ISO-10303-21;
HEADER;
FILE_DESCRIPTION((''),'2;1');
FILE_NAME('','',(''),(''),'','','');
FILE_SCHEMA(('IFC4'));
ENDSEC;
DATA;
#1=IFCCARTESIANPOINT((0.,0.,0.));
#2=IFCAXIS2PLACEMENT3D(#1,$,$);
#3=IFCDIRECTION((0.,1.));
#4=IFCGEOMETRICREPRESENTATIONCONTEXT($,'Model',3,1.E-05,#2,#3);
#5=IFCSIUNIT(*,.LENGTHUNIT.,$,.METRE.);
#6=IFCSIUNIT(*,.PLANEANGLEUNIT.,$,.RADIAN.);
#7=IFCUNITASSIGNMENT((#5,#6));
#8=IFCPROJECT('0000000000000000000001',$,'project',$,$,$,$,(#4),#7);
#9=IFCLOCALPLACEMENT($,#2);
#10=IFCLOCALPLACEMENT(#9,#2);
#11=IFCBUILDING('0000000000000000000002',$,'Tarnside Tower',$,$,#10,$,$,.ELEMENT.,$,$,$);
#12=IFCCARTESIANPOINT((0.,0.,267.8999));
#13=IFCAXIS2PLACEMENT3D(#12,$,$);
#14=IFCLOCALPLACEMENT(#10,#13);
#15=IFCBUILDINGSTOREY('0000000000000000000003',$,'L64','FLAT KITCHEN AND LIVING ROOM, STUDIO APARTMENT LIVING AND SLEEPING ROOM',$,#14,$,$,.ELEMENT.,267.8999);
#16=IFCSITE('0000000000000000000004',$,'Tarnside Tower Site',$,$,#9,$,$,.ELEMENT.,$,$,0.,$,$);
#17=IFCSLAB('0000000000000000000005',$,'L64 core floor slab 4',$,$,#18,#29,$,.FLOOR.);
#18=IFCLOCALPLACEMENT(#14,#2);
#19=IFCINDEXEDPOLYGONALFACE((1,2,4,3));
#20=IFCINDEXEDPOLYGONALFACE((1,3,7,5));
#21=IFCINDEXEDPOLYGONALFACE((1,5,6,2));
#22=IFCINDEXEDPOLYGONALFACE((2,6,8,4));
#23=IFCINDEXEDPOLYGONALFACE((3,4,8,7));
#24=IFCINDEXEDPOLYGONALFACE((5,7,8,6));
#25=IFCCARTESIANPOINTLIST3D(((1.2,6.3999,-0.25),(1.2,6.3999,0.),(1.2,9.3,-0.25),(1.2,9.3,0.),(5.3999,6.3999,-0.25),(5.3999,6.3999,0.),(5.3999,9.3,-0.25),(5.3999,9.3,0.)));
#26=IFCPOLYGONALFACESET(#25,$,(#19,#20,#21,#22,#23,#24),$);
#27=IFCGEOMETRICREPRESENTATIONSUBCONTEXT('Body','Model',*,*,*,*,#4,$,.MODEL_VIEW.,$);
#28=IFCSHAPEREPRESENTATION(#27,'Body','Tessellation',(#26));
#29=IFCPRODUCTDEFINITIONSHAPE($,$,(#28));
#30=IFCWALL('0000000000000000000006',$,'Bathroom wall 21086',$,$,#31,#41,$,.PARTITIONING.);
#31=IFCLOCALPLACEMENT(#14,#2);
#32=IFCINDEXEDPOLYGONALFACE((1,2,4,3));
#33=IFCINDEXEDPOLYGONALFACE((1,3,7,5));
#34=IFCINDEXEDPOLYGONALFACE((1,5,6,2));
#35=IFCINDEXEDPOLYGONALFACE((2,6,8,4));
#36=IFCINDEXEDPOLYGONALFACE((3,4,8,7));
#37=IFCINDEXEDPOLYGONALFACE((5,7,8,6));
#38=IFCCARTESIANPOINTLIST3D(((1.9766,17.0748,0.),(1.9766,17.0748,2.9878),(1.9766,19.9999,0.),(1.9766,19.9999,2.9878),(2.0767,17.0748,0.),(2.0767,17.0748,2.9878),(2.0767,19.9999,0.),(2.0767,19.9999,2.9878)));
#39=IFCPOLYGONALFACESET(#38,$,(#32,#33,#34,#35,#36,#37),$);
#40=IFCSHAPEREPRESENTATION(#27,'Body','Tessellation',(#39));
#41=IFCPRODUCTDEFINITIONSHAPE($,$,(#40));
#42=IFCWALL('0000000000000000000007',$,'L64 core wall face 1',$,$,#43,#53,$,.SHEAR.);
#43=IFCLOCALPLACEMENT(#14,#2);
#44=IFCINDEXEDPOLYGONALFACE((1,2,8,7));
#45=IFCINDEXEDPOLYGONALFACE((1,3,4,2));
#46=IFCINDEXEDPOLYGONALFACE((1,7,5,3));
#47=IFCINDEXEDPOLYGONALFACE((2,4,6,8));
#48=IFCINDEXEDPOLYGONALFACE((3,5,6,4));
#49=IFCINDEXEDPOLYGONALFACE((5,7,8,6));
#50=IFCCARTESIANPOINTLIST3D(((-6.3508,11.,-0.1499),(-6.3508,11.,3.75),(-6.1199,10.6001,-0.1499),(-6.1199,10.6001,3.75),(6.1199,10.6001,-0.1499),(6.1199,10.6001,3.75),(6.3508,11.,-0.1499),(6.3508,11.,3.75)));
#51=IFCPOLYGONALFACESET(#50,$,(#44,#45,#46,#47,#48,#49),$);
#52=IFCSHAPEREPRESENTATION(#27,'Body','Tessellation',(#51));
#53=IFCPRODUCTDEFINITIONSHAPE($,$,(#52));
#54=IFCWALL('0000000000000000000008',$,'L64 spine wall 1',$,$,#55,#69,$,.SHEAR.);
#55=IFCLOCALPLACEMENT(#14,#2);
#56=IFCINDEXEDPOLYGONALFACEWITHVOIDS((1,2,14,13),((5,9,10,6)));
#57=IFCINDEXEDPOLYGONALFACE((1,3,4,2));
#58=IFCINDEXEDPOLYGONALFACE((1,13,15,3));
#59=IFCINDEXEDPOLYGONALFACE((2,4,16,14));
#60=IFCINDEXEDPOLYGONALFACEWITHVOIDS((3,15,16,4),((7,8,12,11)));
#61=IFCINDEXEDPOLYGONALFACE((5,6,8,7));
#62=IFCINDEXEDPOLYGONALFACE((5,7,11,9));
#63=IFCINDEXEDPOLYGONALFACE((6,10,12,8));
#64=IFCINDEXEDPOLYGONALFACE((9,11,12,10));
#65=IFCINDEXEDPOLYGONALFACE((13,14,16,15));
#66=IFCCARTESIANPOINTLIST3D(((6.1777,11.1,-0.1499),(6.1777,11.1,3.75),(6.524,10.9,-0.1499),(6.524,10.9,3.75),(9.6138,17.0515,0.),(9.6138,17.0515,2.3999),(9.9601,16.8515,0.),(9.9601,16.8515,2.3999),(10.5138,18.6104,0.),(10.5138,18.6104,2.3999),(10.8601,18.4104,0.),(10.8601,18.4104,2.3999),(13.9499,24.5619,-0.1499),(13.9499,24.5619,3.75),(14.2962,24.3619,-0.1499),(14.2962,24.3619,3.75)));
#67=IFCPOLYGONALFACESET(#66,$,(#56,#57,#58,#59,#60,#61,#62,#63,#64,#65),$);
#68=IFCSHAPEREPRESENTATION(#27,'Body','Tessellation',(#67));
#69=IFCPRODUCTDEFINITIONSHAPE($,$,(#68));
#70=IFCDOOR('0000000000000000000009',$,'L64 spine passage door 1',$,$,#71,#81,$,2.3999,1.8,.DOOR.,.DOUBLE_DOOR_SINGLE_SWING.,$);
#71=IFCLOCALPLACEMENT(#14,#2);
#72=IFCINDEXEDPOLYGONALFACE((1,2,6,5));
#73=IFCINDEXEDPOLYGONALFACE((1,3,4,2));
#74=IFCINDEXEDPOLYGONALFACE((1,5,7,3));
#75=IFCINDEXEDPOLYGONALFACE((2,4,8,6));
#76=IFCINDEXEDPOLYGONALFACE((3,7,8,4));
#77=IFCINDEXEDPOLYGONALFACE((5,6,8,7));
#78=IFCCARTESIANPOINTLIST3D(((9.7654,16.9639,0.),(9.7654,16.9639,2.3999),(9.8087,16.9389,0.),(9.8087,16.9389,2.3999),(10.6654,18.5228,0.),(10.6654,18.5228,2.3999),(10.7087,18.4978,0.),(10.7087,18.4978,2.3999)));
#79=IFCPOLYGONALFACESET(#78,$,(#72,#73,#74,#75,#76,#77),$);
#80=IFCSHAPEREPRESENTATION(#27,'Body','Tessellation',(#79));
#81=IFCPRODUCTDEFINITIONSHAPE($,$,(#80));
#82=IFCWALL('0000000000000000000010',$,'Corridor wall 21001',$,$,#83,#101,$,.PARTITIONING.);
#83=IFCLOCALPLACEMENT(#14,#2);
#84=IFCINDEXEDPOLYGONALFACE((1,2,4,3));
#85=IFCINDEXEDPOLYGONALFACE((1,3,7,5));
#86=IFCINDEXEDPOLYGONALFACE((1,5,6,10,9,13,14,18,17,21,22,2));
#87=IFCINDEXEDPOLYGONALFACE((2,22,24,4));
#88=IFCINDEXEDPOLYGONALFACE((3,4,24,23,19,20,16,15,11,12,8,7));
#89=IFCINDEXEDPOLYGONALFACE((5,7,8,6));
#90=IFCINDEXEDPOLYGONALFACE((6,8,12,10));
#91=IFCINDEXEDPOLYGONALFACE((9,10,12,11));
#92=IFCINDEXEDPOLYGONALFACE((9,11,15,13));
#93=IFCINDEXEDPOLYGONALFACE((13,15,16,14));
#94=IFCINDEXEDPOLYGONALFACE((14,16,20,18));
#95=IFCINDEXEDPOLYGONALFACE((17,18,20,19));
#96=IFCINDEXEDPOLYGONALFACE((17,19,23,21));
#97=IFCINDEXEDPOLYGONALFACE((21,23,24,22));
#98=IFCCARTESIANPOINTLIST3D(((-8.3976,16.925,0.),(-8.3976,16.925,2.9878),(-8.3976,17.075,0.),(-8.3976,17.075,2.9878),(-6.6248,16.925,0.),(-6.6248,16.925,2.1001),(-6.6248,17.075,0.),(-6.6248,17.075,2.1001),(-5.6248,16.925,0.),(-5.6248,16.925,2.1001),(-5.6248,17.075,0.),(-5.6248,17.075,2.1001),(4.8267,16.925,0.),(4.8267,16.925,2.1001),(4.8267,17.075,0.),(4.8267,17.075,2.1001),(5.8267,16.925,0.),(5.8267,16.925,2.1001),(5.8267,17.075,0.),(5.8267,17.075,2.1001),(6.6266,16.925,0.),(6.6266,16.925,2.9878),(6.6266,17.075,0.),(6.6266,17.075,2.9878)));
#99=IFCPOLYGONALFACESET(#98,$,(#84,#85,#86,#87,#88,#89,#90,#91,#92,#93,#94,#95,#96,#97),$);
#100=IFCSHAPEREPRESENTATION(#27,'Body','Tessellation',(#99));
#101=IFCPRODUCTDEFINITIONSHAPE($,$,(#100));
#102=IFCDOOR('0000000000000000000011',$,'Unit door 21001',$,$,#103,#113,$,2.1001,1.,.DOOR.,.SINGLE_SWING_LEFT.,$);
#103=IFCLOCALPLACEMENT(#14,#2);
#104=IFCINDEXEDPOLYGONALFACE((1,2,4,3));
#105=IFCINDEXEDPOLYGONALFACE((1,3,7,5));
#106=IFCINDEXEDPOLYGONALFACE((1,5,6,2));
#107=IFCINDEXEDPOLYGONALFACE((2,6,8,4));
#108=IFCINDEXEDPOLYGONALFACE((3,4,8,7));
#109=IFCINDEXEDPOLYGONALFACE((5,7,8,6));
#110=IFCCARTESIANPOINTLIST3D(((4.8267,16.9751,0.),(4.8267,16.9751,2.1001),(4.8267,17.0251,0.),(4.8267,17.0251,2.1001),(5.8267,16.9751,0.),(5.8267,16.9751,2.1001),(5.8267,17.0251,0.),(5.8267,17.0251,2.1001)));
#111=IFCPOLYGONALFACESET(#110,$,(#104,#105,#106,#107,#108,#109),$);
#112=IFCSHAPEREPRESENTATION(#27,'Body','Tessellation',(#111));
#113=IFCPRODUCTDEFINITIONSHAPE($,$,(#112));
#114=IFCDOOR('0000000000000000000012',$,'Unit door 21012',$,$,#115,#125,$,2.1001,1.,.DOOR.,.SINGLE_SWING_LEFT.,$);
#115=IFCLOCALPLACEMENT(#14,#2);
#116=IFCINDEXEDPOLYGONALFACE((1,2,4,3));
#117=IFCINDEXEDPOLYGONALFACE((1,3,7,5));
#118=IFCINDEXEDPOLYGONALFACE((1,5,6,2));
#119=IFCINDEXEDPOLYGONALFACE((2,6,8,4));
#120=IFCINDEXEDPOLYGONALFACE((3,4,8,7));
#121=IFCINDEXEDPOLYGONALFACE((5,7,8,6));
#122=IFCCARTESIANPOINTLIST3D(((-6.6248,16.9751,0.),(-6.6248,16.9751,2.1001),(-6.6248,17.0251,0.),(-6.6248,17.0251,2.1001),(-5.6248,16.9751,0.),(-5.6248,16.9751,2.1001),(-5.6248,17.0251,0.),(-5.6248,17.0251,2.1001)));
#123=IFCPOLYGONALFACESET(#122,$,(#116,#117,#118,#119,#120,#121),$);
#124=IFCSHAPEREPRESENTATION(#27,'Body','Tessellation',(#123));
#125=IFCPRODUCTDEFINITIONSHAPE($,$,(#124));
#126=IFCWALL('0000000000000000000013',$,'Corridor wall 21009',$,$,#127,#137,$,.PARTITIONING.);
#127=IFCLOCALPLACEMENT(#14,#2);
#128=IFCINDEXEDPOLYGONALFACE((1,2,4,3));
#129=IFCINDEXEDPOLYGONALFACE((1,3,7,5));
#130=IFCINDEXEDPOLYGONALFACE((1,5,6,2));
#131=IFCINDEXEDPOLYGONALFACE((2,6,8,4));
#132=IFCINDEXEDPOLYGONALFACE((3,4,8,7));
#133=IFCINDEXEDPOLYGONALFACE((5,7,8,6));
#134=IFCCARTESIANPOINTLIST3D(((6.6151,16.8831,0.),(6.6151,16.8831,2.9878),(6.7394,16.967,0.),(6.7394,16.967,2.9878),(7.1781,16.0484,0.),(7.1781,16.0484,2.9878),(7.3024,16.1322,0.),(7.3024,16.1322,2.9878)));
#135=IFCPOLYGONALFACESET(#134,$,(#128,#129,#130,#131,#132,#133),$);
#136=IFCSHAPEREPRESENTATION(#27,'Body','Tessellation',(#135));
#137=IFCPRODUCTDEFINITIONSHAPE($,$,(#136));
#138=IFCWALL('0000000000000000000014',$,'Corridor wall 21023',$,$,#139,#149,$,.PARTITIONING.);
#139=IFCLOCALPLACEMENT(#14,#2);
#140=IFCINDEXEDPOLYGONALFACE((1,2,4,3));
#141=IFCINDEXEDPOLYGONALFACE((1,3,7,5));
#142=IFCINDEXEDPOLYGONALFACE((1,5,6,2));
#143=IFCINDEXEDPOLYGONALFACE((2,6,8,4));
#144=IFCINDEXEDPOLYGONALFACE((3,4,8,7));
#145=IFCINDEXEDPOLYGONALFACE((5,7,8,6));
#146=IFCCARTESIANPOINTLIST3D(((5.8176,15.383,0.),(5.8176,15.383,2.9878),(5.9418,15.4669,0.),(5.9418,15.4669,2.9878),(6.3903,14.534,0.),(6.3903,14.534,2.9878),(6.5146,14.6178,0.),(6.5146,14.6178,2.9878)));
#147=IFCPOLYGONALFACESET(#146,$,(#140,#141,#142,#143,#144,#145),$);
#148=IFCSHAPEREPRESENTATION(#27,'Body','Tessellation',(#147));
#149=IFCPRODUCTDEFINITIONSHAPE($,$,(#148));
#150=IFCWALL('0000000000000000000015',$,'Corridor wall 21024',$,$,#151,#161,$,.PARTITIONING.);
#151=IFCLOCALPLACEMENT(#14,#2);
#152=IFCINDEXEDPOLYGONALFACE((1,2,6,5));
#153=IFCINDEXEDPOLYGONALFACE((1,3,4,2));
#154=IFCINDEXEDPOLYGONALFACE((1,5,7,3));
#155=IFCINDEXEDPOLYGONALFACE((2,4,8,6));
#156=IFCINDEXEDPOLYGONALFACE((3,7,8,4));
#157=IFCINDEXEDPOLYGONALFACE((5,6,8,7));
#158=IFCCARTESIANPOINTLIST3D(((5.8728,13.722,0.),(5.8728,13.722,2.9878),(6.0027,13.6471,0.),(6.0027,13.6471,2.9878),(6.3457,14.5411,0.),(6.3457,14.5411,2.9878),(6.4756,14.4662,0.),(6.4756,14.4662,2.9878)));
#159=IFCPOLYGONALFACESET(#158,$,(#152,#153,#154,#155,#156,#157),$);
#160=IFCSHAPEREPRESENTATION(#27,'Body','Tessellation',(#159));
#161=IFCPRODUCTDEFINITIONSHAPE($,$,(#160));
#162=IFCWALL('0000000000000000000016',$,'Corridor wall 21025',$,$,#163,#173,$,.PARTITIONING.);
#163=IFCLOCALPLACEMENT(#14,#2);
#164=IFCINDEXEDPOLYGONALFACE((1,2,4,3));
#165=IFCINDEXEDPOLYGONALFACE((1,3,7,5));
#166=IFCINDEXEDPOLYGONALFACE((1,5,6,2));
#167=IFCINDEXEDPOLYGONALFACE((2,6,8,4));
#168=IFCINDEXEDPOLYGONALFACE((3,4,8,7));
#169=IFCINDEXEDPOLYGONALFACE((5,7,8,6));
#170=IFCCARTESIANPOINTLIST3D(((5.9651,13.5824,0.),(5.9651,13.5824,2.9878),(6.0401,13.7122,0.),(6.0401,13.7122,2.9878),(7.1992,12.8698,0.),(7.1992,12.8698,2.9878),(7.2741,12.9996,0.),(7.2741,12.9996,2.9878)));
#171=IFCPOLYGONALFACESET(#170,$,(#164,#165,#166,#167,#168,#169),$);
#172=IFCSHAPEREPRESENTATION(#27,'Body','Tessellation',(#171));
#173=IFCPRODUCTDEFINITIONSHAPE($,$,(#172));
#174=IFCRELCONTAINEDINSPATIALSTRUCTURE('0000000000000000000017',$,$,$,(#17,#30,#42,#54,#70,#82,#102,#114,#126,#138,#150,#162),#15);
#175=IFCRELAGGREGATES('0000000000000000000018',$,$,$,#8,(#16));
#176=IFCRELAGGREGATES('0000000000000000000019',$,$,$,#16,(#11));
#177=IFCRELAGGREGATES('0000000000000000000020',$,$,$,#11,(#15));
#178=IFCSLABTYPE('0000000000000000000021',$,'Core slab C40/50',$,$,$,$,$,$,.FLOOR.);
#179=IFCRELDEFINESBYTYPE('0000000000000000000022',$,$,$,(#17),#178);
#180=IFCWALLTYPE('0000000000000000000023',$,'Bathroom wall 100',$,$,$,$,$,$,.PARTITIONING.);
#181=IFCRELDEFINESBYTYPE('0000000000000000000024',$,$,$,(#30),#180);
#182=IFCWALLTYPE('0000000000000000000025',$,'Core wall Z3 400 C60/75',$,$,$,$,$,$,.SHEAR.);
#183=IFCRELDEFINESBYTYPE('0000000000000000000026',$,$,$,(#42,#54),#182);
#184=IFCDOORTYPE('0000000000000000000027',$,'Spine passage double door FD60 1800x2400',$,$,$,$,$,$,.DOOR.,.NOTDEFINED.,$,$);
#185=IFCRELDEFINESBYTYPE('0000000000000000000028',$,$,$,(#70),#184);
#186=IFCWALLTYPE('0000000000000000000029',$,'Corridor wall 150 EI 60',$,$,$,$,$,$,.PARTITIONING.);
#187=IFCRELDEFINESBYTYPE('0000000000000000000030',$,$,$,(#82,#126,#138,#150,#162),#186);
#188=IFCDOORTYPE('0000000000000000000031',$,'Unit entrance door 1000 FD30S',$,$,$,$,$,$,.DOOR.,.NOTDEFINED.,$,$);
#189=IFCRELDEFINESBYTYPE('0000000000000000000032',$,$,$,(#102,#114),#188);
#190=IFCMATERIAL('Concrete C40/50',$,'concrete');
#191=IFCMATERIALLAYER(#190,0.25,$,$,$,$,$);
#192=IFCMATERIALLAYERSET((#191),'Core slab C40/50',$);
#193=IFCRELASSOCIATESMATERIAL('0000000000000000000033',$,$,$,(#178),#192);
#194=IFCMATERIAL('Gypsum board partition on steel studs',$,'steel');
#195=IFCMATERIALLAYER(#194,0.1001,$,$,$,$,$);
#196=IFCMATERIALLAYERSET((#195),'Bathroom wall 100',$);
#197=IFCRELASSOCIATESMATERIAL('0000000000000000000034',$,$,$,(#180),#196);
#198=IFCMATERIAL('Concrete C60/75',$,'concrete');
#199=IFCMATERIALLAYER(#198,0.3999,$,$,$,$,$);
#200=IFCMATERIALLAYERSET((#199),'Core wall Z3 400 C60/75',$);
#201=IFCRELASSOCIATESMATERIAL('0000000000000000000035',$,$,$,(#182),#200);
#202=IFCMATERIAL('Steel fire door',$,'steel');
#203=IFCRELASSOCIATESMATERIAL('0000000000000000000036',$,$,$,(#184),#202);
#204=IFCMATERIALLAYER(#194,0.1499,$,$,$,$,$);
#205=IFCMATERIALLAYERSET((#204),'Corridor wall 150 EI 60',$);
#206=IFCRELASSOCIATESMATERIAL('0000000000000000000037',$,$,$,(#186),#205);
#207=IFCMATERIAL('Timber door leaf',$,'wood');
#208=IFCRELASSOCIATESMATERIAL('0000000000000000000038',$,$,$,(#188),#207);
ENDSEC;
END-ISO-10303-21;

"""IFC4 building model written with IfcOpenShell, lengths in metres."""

from ifc_helpers import new_model, si_unit, direction, frame, frame_2d, origin, place, context, subcontext, project, spatial, polyline, rectangle, outline, extrude, material, layer, layer_set, type_object, element, fill, save


model = new_model("IFC4")

# Units and contexts
model_context = context("Model", 3, precision=1e-05, world=origin(), true_north=direction((0.0, 1.0)))
body_context = subcontext(model_context, "Body", "Model", "MODEL_VIEW")
ifc_project = project(units=[si_unit("LENGTHUNIT", "METRE"), si_unit("PLANEANGLEUNIT", "RADIAN")], contexts=[model_context])

# Site, building, storey
site_placement = place(None, origin())
site = spatial("IfcSite", under=ifc_project, at=site_placement, Name="Tarnside Tower Site", CompositionType="ELEMENT", RefElevation=0.0)
building_placement = place(site_placement, origin())
building = spatial("IfcBuilding", under=site, at=building_placement, Name="Tarnside Tower", CompositionType="ELEMENT")
storey_placement = place(building_placement, frame((0.0, 0.0, 267.8999)))
storey = spatial("IfcBuildingStorey", under=building, at=storey_placement, Name="L64", Description="FLAT KITCHEN AND LIVING ROOM, STUDIO APARTMENT LIVING AND SLEEPING ROOM", CompositionType="ELEMENT", Elevation=267.8999)

# Slab
ifc_material_1 = material(Name="Concrete C40/50", Category="concrete")
ifc_layer_1 = layer(ifc_material_1, 0.25)
ifc_layer_set_1 = layer_set([ifc_layer_1], Name="Core slab C40/50")
slab_type = type_object("IfcSlabType", Name="Core slab C40/50", PredefinedType="FLOOR", material=ifc_layer_set_1)
slab_placement = place(storey_placement, frame((0.0, 0.0, -0.25)))
element("IfcSlab", 1, at=slab_placement, inside=storey, type_object=slab_type, Name="L64 core floor slab 4", PredefinedType="FLOOR", context=body_context, shape_type="SweptSolid", body=[
    extrude(outline(polyline([(5.3999, 6.3999), (1.2, 6.3999), (1.2, 9.3), (5.3999, 9.3), (5.3999, 6.3999)])), origin(), (0.0, 0.0, 1.0), 0.25),
])

# Walls
ifc_material_2 = material(Name="Gypsum board partition on steel studs", Category="steel")
ifc_layer_2 = layer(ifc_material_2, 0.1001)
ifc_layer_set_2 = layer_set([ifc_layer_2], Name="Bathroom wall 100")
wall_type_1 = type_object("IfcWallType", Name="Bathroom wall 100", PredefinedType="PARTITIONING", material=ifc_layer_set_2)
wall_1_placement = place(storey_placement, frame((2.0266, 17.075, 0.0), z_axis=(0.0, 0.0, 1.0), x_axis=(0.0, 1.0, 0.0)))
element("IfcWall", 2, at=wall_1_placement, inside=storey, type_object=wall_type_1, Name="Bathroom wall 21086", PredefinedType="PARTITIONING", context=body_context, shape_type="SweptSolid", body=[
    extrude(rectangle(XDim=2.925, YDim=0.1001, at=frame_2d((1.4624, 0.0))), origin(), (0.0, 0.0, 1.0), 2.9878),
])
ifc_material_3 = material(Name="Concrete C60/75", Category="concrete")
ifc_layer_3 = layer(ifc_material_3, 0.3999)
ifc_layer_set_3 = layer_set([ifc_layer_3], Name="Core wall Z3 400 C60/75")
wall_type_2 = type_object("IfcWallType", Name="Core wall Z3 400 C60/75", PredefinedType="SHEAR", material=ifc_layer_set_3)
wall_2_placement = place(storey_placement, frame((6.2354, 10.8, -0.1499), z_axis=(0.0, 0.0, 1.0), x_axis=(-1.0, 0.0, 0.0)))
element("IfcWall", 3, at=wall_2_placement, inside=storey, type_object=wall_type_2, Name="L64 core wall face 1", PredefinedType="SHEAR", context=body_context, shape_type="SweptSolid", body=[
    extrude(outline(polyline([(-0.1155, -0.2), (12.5862, -0.2), (12.3552, 0.2), (0.1155, 0.2), (-0.1155, -0.2)])), origin(), (0.0, 0.0, 1.0), 3.8999),
])

# Wall, opening, door
wall_3_placement = place(storey_placement, frame((6.3508, 11.0, -0.1499), z_axis=(0.0, 0.0, 1.0), x_axis=(0.499999, 0.866026, 0.0)))
wall_3 = element("IfcWall", 4, at=wall_3_placement, inside=storey, type_object=wall_type_2, Name="L64 spine wall 1", PredefinedType="SHEAR", context=body_context, shape_type="SweptSolid", body=[
    extrude(rectangle(XDim=15.5444, YDim=0.3999, at=frame_2d((7.7722, 0.0))), origin(), (0.0, 0.0, 1.0), 3.8999),
])
opening_1_placement = place(wall_3_placement, frame((6.8723, 0.0, 0.1499)))
opening_1 = element("IfcOpeningElement", 5, at=opening_1_placement, cuts=wall_3, PredefinedType="OPENING", context=body_context, shape_type="SweptSolid", body=[
    extrude(rectangle(XDim=1.8, YDim=2.3999, at=frame_2d((0.8999, 1.2))), frame((0.0, 0.21, 0.0), z_axis=(0.0, -1.0, 0.0), x_axis=(1.0, 0.0, 0.0)), (0.0, 0.0, 1.0), 0.4199),
])
ifc_material_4 = material(Name="Steel fire door", Category="steel")
door_type_1 = type_object("IfcDoorType", Name="Spine passage double door FD60 1800x2400", OperationType="NOTDEFINED", PredefinedType="DOOR", material=ifc_material_4)
door_1_placement = place(opening_1_placement, origin())
door_1 = element("IfcDoor", 6, at=door_1_placement, inside=storey, type_object=door_type_1, Name="L64 spine passage door 1", OperationType="DOUBLE_DOOR_SINGLE_SWING", OverallHeight=2.3999, OverallWidth=1.8, PredefinedType="DOOR", context=body_context, shape_type="SweptSolid", body=[
    extrude(rectangle(XDim=1.8, YDim=2.3999, at=frame_2d((0.8999, 1.2))), frame((0.0, 0.0249, 0.0), z_axis=(0.0, -1.0, 0.0), x_axis=(1.0, 0.0, 0.0)), (0.0, 0.0, 1.0), 0.05),
])
fill(opening_1, door_1)

# Wall, openings, doors
ifc_layer_4 = layer(ifc_material_2, 0.1499)
ifc_layer_set_4 = layer_set([ifc_layer_4], Name="Corridor wall 150 EI 60")
wall_type_3 = type_object("IfcWallType", Name="Corridor wall 150 EI 60", PredefinedType="PARTITIONING", material=ifc_layer_set_4)
wall_4_placement = place(storey_placement, frame((6.6267, 17.0, 0.0), z_axis=(0.0, 0.0, 1.0), x_axis=(-1.0, 0.0, 0.0)))
wall_4 = element("IfcWall", 7, at=wall_4_placement, inside=storey, type_object=wall_type_3, Name="Corridor wall 21001", PredefinedType="PARTITIONING", context=body_context, shape_type="SweptSolid", body=[
    extrude(rectangle(XDim=15.0242, YDim=0.1499, at=frame_2d((7.5122, 0.0))), origin(), (0.0, 0.0, 1.0), 2.9878),
])
opening_2_placement = place(wall_4_placement, frame((0.8, 0.0, 0.0)))
opening_2 = element("IfcOpeningElement", 8, at=opening_2_placement, cuts=wall_4, PredefinedType="OPENING", context=body_context, shape_type="SweptSolid", body=[
    extrude(rectangle(XDim=1.0, YDim=2.1001, at=frame_2d((0.5, 1.05))), frame((0.0, 0.085, 0.0), z_axis=(0.0, -1.0, 0.0), x_axis=(1.0, 0.0, 0.0)), (0.0, 0.0, 1.0), 0.1699),
])
opening_3_placement = place(wall_4_placement, frame((12.2515, 0.0, 0.0)))
opening_3 = element("IfcOpeningElement", 9, at=opening_3_placement, cuts=wall_4, PredefinedType="OPENING", context=body_context, shape_type="SweptSolid", body=[
    extrude(rectangle(XDim=1.0, YDim=2.1001, at=frame_2d((0.5, 1.05))), frame((0.0, 0.085, 0.0), z_axis=(0.0, -1.0, 0.0), x_axis=(1.0, 0.0, 0.0)), (0.0, 0.0, 1.0), 0.1699),
])
ifc_material_5 = material(Name="Timber door leaf", Category="wood")
door_type_2 = type_object("IfcDoorType", Name="Unit entrance door 1000 FD30S", OperationType="NOTDEFINED", PredefinedType="DOOR", material=ifc_material_5)
door_2_placement = place(opening_2_placement, origin())
door_2 = element("IfcDoor", 10, at=door_2_placement, inside=storey, type_object=door_type_2, Name="Unit door 21001", OperationType="SINGLE_SWING_LEFT", OverallHeight=2.1001, OverallWidth=1.0, PredefinedType="DOOR", context=body_context, shape_type="SweptSolid", body=[
    extrude(rectangle(XDim=1.0, YDim=2.1001, at=frame_2d((0.5, 1.05))), frame((0.0, 0.0249, 0.0), z_axis=(0.0, -1.0, 0.0), x_axis=(1.0, 0.0, 0.0)), (0.0, 0.0, 1.0), 0.05),
])
fill(opening_2, door_2)
door_3_placement = place(opening_3_placement, origin())
door_3 = element("IfcDoor", 11, at=door_3_placement, inside=storey, type_object=door_type_2, Name="Unit door 21012", OperationType="SINGLE_SWING_LEFT", OverallHeight=2.1001, OverallWidth=1.0, PredefinedType="DOOR", context=body_context, shape_type="SweptSolid", body=[
    extrude(rectangle(XDim=1.0, YDim=2.1001, at=frame_2d((0.5, 1.05))), frame((0.0, 0.0249, 0.0), z_axis=(0.0, -1.0, 0.0), x_axis=(1.0, 0.0, 0.0)), (0.0, 0.0, 1.0), 0.05),
])
fill(opening_3, door_3)

# Walls
wall_5_placement = place(storey_placement, frame((7.2402, 16.0903, 0.0), z_axis=(0.0, 0.0, 1.0), x_axis=(-0.559169, 0.829054, 0.0)))
element("IfcWall", 12, at=wall_5_placement, inside=storey, type_object=wall_type_3, Name="Corridor wall 21009", PredefinedType="PARTITIONING", context=body_context, shape_type="SweptSolid", body=[
    extrude(rectangle(XDim=1.0068, YDim=0.1499, at=frame_2d((0.5034, 0.0))), origin(), (0.0, 0.0, 1.0), 2.9878),
])
wall_6_placement = place(storey_placement, frame((5.8796, 15.425, 0.0), z_axis=(0.0, 0.0, 1.0), x_axis=(0.559203, -0.829031, 0.0)))
element("IfcWall", 13, at=wall_6_placement, inside=storey, type_object=wall_type_3, Name="Corridor wall 21023", PredefinedType="PARTITIONING", context=body_context, shape_type="SweptSolid", body=[
    extrude(rectangle(XDim=1.0242, YDim=0.1499, at=frame_2d((0.5122, 0.0))), origin(), (0.0, 0.0, 1.0), 2.9878),
])
wall_7_placement = place(storey_placement, frame((6.4106, 14.5037, 0.0), z_axis=(0.0, 0.0, 1.0), x_axis=(-0.499998, -0.866027, 0.0)))
element("IfcWall", 14, at=wall_7_placement, inside=storey, type_object=wall_type_3, Name="Corridor wall 21024", PredefinedType="PARTITIONING", context=body_context, shape_type="SweptSolid", body=[
    extrude(rectangle(XDim=0.9458, YDim=0.1499, at=frame_2d((0.4729, 0.0))), origin(), (0.0, 0.0, 1.0), 2.9878),
])
wall_8_placement = place(storey_placement, frame((6.0027, 13.6472, 0.0), z_axis=(0.0, 0.0, 1.0), x_axis=(0.865989, -0.500064, 0.0)))
element("IfcWall", 15, at=wall_8_placement, inside=storey, type_object=wall_type_3, Name="Corridor wall 21025", PredefinedType="PARTITIONING", context=body_context, shape_type="SweptSolid", body=[
    extrude(rectangle(XDim=1.425, YDim=0.1499, at=frame_2d((0.7124, 0.0))), origin(), (0.0, 0.0, 1.0), 2.9878),
])

save(model, "model.ifc")
